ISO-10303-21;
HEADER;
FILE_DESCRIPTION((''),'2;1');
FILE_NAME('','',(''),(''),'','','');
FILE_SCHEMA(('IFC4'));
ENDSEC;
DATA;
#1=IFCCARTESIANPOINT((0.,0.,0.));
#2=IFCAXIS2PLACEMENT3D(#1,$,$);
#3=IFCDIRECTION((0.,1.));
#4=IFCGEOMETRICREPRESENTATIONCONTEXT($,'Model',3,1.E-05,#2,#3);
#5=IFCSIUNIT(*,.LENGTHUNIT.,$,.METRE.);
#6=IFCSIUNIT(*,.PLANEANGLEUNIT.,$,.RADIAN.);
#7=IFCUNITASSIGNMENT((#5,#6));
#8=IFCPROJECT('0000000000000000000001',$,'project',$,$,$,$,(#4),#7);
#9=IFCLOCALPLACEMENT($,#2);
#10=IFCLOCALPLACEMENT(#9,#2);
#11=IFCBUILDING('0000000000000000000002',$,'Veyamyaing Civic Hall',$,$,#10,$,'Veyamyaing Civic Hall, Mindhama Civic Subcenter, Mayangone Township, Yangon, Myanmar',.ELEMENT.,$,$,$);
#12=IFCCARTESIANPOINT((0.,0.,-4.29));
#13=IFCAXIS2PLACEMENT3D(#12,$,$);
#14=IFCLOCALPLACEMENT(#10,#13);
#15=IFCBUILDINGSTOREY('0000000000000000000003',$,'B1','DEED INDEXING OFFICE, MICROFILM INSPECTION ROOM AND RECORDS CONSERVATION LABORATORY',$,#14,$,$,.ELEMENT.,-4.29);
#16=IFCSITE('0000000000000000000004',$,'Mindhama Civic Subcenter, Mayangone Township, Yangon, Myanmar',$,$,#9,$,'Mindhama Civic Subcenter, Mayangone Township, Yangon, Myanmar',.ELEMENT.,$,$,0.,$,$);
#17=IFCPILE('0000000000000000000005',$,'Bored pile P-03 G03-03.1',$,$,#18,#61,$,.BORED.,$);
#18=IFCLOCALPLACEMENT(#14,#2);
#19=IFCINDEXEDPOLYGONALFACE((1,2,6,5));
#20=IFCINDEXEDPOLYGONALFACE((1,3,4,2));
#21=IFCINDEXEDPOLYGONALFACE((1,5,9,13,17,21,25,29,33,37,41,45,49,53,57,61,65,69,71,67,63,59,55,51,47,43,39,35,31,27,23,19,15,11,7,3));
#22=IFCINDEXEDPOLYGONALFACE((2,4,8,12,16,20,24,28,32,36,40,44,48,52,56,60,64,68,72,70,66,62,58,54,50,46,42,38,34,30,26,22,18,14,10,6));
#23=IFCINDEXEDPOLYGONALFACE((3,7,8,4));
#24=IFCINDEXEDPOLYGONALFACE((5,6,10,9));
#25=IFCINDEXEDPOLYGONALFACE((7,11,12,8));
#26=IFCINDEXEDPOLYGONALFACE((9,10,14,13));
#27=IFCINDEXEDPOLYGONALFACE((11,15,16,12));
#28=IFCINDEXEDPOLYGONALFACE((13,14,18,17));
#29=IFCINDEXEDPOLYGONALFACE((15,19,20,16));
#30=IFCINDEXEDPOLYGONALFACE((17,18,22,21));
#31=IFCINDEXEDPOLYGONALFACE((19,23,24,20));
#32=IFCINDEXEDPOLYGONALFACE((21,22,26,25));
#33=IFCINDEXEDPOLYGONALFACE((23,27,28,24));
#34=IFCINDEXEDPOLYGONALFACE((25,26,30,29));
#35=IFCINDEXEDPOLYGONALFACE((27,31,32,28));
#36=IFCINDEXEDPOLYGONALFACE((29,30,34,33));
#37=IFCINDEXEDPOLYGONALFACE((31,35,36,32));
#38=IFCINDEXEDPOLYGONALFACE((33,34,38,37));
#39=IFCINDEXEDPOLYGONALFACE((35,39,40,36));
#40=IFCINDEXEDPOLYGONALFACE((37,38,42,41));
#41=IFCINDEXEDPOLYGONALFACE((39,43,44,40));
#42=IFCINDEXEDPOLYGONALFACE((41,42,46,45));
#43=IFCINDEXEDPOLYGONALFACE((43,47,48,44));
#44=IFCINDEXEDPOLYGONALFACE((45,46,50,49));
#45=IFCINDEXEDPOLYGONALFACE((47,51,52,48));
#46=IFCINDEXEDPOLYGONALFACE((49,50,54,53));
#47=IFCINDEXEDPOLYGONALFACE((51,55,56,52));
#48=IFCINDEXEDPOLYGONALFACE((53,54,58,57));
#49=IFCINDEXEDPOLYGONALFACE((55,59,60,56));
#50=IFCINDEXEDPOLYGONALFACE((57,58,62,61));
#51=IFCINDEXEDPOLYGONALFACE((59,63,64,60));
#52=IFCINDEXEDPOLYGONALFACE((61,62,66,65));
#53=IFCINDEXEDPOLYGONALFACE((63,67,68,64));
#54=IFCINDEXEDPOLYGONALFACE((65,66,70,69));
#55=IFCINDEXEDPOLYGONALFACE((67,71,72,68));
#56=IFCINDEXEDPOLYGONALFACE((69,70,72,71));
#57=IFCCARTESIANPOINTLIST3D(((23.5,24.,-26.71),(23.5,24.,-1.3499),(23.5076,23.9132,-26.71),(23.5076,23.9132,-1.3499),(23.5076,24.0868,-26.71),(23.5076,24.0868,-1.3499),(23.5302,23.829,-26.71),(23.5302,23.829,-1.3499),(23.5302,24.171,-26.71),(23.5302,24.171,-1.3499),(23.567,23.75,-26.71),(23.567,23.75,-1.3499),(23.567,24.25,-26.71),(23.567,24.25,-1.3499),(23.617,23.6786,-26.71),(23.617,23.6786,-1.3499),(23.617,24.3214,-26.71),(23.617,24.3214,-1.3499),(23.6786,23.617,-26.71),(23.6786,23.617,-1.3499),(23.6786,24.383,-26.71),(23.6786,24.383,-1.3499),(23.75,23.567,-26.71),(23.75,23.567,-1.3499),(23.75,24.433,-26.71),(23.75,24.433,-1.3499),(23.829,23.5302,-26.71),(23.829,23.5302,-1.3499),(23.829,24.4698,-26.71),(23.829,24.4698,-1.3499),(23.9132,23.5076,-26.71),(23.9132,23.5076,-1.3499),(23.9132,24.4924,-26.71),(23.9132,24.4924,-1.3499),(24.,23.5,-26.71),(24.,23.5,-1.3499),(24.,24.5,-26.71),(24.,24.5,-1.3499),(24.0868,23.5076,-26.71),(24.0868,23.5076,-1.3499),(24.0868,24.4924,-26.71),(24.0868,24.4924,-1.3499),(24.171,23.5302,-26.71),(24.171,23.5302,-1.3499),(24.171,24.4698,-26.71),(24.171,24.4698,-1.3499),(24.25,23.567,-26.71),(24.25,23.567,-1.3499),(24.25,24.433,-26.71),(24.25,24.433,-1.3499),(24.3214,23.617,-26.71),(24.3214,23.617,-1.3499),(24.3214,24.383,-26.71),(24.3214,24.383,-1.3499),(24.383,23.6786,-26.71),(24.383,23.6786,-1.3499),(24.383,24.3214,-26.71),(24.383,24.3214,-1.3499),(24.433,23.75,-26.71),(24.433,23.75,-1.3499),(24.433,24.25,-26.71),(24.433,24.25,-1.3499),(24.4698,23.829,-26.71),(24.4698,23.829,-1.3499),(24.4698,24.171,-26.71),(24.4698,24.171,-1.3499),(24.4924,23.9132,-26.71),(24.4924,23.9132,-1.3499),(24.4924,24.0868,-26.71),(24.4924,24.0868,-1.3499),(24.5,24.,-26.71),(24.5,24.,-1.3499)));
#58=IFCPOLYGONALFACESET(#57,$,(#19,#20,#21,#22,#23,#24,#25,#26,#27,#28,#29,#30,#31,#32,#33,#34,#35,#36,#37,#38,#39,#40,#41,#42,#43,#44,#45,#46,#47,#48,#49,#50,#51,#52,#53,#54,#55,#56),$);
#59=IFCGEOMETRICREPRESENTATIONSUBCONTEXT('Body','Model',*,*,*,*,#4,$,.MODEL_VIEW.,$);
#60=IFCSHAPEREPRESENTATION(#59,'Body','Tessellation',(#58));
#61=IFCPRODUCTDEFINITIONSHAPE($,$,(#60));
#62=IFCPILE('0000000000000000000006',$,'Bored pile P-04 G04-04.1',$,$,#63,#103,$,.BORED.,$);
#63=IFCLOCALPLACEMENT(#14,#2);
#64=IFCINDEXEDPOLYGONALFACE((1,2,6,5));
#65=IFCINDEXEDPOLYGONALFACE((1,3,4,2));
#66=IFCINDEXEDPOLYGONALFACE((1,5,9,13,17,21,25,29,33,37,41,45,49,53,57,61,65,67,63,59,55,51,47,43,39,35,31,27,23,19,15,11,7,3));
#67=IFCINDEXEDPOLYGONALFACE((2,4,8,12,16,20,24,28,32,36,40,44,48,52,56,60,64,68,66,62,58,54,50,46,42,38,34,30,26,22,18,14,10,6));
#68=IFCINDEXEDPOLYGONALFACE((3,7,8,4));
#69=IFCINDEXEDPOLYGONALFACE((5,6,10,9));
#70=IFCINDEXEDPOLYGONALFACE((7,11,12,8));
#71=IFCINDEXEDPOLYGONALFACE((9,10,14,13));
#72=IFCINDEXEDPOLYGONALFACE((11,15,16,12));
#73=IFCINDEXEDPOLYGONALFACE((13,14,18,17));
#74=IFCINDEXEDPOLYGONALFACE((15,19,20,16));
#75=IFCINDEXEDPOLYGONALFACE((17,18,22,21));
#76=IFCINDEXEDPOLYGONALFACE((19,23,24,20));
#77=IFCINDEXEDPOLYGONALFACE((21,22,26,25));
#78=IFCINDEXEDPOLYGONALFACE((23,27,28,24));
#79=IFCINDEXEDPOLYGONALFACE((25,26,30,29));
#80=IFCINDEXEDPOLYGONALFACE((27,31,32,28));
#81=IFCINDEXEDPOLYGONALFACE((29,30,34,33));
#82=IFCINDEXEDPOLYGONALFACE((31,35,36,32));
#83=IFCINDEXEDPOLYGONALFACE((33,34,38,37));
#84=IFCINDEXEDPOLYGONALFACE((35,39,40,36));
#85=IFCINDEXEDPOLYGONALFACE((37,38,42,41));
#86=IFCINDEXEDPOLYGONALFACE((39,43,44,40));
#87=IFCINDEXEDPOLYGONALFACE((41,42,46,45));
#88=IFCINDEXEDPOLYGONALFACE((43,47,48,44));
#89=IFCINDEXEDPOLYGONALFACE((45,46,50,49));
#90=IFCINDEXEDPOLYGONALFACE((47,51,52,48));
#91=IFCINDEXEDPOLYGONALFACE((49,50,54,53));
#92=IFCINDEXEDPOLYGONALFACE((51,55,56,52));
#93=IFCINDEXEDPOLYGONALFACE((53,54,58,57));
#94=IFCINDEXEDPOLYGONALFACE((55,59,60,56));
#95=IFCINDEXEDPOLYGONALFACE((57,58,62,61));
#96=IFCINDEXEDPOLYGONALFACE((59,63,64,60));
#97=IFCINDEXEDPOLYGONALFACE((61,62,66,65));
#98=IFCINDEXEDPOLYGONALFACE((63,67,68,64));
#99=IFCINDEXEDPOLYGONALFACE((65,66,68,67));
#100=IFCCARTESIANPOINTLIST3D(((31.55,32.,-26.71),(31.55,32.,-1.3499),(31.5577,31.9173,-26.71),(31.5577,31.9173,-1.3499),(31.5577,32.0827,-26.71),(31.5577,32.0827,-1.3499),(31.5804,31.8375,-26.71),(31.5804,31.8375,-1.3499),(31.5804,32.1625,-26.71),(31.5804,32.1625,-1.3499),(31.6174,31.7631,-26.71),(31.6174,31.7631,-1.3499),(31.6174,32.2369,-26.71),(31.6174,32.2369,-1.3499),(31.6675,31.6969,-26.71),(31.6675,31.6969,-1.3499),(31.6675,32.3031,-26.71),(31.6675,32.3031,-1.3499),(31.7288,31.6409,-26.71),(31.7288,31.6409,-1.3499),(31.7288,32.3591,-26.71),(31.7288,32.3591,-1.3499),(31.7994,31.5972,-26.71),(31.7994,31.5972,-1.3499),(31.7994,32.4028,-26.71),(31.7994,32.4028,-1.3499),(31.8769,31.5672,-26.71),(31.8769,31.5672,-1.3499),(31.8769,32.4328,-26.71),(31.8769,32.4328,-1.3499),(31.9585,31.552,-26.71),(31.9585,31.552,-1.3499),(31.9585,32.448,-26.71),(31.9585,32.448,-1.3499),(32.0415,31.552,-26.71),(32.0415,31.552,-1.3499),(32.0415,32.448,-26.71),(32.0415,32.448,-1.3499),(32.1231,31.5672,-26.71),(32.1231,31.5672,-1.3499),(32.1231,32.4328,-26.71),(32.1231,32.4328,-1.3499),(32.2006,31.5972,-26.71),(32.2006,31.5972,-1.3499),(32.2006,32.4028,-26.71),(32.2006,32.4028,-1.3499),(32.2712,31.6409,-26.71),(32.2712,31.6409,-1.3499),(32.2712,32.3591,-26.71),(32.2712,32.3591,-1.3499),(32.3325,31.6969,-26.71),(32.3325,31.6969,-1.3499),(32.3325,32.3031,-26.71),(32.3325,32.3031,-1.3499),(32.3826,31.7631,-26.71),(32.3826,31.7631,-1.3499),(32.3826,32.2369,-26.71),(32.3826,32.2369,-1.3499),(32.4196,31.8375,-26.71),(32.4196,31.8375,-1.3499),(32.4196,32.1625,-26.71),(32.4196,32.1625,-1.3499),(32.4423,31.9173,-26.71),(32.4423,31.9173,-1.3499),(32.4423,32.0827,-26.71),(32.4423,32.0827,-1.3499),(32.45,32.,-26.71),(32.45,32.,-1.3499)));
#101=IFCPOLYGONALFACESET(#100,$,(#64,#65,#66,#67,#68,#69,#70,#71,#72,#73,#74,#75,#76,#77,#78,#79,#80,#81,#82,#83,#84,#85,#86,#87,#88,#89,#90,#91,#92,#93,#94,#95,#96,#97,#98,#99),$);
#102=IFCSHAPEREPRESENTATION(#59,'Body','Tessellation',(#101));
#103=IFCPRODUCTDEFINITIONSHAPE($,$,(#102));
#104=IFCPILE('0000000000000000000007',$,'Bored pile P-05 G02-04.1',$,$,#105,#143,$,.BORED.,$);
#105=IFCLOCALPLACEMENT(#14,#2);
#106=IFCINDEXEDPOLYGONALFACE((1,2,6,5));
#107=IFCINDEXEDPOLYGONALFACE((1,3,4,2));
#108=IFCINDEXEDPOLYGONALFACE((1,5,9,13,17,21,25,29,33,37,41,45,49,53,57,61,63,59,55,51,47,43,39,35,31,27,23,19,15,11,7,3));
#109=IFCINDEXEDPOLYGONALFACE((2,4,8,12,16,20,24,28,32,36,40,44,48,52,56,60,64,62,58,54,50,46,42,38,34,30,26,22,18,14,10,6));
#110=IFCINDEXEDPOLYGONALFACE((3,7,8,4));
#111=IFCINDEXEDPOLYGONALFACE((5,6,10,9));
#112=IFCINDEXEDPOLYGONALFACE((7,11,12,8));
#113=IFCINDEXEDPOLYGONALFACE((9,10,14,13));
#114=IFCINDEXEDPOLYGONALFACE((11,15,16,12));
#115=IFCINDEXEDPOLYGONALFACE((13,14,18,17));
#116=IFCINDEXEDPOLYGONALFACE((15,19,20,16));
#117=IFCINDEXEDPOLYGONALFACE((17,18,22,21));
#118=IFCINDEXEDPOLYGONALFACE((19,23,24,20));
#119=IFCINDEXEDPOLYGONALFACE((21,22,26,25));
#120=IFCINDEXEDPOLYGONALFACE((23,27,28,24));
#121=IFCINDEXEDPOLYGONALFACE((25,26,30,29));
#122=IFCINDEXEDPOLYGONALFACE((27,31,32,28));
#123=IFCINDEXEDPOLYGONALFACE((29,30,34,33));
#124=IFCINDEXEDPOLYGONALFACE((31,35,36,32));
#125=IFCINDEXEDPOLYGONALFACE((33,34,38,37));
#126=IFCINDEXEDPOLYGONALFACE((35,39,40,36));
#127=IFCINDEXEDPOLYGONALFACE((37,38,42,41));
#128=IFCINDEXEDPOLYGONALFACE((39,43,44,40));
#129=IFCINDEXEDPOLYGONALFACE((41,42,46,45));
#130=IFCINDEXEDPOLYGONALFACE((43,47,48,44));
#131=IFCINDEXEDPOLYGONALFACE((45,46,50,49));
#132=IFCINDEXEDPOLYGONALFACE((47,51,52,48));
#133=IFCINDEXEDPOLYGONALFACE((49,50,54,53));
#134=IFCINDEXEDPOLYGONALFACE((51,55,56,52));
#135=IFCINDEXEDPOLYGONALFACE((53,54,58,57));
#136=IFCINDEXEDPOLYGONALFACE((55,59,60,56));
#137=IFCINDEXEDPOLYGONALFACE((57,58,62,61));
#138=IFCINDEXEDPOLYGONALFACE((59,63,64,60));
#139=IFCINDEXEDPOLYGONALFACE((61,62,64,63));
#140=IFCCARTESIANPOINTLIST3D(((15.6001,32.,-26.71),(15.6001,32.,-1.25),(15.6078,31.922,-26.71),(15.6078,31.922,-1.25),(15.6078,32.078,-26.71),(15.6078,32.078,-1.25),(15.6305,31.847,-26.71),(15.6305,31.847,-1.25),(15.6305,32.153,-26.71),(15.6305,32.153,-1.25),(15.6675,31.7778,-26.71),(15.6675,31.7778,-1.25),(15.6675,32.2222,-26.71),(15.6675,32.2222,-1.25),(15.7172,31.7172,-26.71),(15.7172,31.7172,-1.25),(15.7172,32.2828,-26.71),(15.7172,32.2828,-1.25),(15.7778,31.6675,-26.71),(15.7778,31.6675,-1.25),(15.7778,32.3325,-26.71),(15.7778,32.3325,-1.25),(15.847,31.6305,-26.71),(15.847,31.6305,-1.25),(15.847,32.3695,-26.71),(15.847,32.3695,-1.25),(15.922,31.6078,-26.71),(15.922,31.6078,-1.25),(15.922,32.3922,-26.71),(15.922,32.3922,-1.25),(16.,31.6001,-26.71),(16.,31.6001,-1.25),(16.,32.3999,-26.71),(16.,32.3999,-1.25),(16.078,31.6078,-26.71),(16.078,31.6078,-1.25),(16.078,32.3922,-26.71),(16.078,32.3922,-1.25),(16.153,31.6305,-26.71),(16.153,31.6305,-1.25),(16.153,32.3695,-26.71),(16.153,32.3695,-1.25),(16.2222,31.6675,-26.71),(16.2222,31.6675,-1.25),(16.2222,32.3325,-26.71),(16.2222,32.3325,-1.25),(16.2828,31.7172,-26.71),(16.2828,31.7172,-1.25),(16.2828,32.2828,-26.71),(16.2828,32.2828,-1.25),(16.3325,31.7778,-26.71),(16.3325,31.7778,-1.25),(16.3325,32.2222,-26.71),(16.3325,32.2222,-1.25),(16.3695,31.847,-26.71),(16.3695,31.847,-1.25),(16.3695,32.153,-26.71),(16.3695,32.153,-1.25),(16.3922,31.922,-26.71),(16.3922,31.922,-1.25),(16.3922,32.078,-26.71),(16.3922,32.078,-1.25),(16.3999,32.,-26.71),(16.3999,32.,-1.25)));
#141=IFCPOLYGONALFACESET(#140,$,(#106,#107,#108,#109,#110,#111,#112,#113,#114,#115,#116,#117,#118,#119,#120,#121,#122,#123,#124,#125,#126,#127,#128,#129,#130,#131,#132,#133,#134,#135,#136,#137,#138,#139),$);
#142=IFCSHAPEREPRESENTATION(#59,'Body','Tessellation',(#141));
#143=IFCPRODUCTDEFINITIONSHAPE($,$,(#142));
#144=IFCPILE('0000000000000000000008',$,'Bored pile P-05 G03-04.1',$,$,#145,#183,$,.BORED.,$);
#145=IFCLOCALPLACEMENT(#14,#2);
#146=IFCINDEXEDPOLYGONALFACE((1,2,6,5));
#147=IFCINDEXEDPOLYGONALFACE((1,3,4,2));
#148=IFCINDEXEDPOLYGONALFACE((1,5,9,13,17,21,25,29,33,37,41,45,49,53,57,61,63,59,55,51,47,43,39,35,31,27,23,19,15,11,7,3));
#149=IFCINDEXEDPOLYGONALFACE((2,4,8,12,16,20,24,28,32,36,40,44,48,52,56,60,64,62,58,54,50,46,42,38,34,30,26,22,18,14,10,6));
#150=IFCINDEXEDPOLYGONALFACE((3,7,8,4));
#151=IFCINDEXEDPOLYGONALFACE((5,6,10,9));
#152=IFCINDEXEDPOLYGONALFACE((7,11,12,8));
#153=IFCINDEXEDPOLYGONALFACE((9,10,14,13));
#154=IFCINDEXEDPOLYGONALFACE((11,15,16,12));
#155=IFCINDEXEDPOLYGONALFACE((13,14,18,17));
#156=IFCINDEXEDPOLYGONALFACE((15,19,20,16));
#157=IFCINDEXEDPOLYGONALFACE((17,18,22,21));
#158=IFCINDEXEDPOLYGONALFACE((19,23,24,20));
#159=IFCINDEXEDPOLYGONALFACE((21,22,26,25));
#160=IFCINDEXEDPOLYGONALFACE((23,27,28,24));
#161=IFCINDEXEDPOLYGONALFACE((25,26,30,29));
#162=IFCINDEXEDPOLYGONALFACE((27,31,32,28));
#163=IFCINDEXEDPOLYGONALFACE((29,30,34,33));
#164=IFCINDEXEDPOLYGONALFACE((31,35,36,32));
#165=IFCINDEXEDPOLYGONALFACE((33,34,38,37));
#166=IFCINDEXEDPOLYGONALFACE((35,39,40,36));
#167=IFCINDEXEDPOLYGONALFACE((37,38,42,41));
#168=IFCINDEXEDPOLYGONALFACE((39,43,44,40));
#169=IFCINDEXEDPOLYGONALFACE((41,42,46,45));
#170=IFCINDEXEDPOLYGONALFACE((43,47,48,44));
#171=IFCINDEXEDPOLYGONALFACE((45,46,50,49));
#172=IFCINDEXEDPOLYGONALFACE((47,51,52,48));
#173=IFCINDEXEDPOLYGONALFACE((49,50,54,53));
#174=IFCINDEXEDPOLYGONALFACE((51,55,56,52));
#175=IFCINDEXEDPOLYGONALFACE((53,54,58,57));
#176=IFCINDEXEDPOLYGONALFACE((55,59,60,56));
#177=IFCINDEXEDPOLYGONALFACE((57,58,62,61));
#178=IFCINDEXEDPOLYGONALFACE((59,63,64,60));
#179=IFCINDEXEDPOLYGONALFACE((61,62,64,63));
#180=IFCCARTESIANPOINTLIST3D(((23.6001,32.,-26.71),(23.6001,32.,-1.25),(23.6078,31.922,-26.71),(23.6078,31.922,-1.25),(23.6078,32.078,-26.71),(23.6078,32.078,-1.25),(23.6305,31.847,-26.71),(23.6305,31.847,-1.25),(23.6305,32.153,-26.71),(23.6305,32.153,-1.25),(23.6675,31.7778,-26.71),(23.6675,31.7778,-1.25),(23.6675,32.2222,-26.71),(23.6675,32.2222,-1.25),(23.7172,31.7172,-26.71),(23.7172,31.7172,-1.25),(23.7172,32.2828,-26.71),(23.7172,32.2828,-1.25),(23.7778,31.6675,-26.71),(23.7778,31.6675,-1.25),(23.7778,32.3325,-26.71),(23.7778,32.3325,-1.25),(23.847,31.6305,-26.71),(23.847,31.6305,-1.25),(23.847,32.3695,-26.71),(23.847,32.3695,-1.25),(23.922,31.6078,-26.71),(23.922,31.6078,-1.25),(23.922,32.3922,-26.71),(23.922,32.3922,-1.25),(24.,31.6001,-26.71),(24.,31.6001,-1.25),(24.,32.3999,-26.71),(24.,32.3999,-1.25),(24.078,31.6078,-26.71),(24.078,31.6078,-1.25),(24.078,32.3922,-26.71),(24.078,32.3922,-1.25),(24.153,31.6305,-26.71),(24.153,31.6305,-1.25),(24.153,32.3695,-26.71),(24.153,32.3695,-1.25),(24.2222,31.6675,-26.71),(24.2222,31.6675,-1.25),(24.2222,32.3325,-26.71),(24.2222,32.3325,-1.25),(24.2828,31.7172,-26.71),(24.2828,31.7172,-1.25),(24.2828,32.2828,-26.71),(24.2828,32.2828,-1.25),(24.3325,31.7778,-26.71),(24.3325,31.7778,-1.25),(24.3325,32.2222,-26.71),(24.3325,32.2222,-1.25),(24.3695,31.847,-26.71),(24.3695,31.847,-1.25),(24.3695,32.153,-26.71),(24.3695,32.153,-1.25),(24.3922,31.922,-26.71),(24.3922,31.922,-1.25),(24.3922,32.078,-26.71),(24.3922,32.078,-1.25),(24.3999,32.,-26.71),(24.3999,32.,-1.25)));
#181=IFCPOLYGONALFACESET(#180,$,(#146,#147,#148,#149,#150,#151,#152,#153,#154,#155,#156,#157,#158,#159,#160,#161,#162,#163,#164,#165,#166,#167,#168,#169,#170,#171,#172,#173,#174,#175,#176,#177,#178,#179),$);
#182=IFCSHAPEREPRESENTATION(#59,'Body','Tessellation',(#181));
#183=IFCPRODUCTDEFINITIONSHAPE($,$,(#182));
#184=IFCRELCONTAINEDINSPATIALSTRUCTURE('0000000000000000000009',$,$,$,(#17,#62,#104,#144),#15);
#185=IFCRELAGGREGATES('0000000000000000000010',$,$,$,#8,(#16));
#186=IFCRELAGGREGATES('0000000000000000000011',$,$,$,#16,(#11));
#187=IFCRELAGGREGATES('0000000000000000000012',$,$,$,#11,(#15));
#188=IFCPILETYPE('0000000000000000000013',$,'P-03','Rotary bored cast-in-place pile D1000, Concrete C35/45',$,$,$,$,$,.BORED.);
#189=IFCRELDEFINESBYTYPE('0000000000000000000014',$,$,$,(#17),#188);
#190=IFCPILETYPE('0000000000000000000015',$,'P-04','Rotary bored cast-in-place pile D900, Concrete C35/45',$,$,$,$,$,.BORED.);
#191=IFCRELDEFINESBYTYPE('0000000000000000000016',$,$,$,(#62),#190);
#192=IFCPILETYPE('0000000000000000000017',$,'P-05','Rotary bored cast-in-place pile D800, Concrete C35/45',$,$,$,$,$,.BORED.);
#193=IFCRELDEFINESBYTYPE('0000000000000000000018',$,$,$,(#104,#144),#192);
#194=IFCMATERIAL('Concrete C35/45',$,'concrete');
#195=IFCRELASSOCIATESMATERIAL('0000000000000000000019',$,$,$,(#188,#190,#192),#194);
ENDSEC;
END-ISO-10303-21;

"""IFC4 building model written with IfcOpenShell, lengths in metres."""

from ifc_helpers import new_model, si_unit, direction, frame, origin, origin_2d, place, context, subcontext, project, spatial, circle, extrude, material, material_profile, profile_set, type_object, element, save


model = new_model("IFC4")

# Units and contexts
model_context = context("Model", 3, precision=1e-05, world=origin(), true_north=direction((0.0, 1.0)))
body_context = subcontext(model_context, "Body", "Model", "MODEL_VIEW")
ifc_project = project(units=[si_unit("LENGTHUNIT", "METRE"), si_unit("PLANEANGLEUNIT", "RADIAN")], contexts=[model_context])

# Site, building, storey
site_placement = place(None, origin())
site = spatial("IfcSite", under=ifc_project, at=site_placement, Name="Mindhama Civic Subcenter, Mayangone Township, Yangon, Myanmar", LongName="Mindhama Civic Subcenter, Mayangone Township, Yangon, Myanmar", CompositionType="ELEMENT", RefElevation=0.0)
building_placement = place(site_placement, origin())
building = spatial("IfcBuilding", under=site, at=building_placement, Name="Veyamyaing Civic Hall", LongName="Veyamyaing Civic Hall, Mindhama Civic Subcenter, Mayangone Township, Yangon, Myanmar", CompositionType="ELEMENT")
storey_placement = place(building_placement, frame((0.0, 0.0, -4.29)))
storey = spatial("IfcBuildingStorey", under=building, at=storey_placement, Name="B1", Description="DEED INDEXING OFFICE, MICROFILM INSPECTION ROOM AND RECORDS CONSERVATION LABORATORY", CompositionType="ELEMENT", Elevation=-4.29)

# Piles
ifc_material_1 = material(Name="Concrete C35/45", Category="concrete")
ifc_material_profile_1 = material_profile(ifc_material_1, circle(Radius=0.5, at=origin_2d()), Name="PILE-D1000")
ifc_profile_set_1 = profile_set([ifc_material_profile_1], Name="Concrete C35/45")
pile_type_1 = type_object("IfcPileType", Name="P-03", Description="Rotary bored cast-in-place pile D1000, Concrete C35/45", PredefinedType="BORED", material=ifc_profile_set_1)
pile_1_placement = place(storey_placement, frame((24.0, 24.0, -1.3499), z_axis=(0.0, 0.0, -1.0), x_axis=(1.0, 0.0, 0.0)))
element("IfcPile", 1, at=pile_1_placement, inside=storey, type_object=pile_type_1, Name="Bored pile P-03 G03-03.1", PredefinedType="BORED", context=body_context, shape_type="SweptSolid", body=[
    extrude(circle(Radius=0.5, at=origin_2d()), origin(), (0.0, 0.0, 1.0), 25.3601),
])
ifc_material_profile_2 = material_profile(ifc_material_1, circle(Radius=0.45, at=origin_2d()), Name="PILE-D900")
ifc_profile_set_2 = profile_set([ifc_material_profile_2], Name="Concrete C35/45")
pile_type_2 = type_object("IfcPileType", Name="P-04", Description="Rotary bored cast-in-place pile D900, Concrete C35/45", PredefinedType="BORED", material=ifc_profile_set_2)
pile_2_placement = place(storey_placement, frame((32.0, 32.0, -1.3499), z_axis=(0.0, 0.0, -1.0), x_axis=(1.0, 0.0, 0.0)))
element("IfcPile", 2, at=pile_2_placement, inside=storey, type_object=pile_type_2, Name="Bored pile P-04 G04-04.1", PredefinedType="BORED", context=body_context, shape_type="SweptSolid", body=[
    extrude(circle(Radius=0.45, at=origin_2d()), origin(), (0.0, 0.0, 1.0), 25.3601),
])
ifc_material_profile_3 = material_profile(ifc_material_1, circle(Radius=0.3999, at=origin_2d()), Name="PILE-D800")
ifc_profile_set_3 = profile_set([ifc_material_profile_3], Name="Concrete C35/45")
pile_type_3 = type_object("IfcPileType", Name="P-05", Description="Rotary bored cast-in-place pile D800, Concrete C35/45", PredefinedType="BORED", material=ifc_profile_set_3)
for number, where, z_axis, x_axis, name in (
    (3, (16.0, 32.0, -1.25), (0.0, 0.0, -1.0), (1.0, 0.0, 0.0), "Bored pile P-05 G02-04.1"),
    (4, (24.0, 32.0, -1.25), (0.0, 0.0, -1.0), (1.0, 0.0, 0.0), "Bored pile P-05 G03-04.1"),
):
    element("IfcPile", number, at=place(storey_placement, frame(where, z_axis=z_axis, x_axis=x_axis)), inside=storey, type_object=pile_type_3, Name=name, PredefinedType="BORED", context=body_context, shape_type="SweptSolid", body=[
        extrude(circle(Radius=0.3999, at=origin_2d()), origin(), (0.0, 0.0, 1.0), 25.46),
    ])

save(model, "model.ifc")
